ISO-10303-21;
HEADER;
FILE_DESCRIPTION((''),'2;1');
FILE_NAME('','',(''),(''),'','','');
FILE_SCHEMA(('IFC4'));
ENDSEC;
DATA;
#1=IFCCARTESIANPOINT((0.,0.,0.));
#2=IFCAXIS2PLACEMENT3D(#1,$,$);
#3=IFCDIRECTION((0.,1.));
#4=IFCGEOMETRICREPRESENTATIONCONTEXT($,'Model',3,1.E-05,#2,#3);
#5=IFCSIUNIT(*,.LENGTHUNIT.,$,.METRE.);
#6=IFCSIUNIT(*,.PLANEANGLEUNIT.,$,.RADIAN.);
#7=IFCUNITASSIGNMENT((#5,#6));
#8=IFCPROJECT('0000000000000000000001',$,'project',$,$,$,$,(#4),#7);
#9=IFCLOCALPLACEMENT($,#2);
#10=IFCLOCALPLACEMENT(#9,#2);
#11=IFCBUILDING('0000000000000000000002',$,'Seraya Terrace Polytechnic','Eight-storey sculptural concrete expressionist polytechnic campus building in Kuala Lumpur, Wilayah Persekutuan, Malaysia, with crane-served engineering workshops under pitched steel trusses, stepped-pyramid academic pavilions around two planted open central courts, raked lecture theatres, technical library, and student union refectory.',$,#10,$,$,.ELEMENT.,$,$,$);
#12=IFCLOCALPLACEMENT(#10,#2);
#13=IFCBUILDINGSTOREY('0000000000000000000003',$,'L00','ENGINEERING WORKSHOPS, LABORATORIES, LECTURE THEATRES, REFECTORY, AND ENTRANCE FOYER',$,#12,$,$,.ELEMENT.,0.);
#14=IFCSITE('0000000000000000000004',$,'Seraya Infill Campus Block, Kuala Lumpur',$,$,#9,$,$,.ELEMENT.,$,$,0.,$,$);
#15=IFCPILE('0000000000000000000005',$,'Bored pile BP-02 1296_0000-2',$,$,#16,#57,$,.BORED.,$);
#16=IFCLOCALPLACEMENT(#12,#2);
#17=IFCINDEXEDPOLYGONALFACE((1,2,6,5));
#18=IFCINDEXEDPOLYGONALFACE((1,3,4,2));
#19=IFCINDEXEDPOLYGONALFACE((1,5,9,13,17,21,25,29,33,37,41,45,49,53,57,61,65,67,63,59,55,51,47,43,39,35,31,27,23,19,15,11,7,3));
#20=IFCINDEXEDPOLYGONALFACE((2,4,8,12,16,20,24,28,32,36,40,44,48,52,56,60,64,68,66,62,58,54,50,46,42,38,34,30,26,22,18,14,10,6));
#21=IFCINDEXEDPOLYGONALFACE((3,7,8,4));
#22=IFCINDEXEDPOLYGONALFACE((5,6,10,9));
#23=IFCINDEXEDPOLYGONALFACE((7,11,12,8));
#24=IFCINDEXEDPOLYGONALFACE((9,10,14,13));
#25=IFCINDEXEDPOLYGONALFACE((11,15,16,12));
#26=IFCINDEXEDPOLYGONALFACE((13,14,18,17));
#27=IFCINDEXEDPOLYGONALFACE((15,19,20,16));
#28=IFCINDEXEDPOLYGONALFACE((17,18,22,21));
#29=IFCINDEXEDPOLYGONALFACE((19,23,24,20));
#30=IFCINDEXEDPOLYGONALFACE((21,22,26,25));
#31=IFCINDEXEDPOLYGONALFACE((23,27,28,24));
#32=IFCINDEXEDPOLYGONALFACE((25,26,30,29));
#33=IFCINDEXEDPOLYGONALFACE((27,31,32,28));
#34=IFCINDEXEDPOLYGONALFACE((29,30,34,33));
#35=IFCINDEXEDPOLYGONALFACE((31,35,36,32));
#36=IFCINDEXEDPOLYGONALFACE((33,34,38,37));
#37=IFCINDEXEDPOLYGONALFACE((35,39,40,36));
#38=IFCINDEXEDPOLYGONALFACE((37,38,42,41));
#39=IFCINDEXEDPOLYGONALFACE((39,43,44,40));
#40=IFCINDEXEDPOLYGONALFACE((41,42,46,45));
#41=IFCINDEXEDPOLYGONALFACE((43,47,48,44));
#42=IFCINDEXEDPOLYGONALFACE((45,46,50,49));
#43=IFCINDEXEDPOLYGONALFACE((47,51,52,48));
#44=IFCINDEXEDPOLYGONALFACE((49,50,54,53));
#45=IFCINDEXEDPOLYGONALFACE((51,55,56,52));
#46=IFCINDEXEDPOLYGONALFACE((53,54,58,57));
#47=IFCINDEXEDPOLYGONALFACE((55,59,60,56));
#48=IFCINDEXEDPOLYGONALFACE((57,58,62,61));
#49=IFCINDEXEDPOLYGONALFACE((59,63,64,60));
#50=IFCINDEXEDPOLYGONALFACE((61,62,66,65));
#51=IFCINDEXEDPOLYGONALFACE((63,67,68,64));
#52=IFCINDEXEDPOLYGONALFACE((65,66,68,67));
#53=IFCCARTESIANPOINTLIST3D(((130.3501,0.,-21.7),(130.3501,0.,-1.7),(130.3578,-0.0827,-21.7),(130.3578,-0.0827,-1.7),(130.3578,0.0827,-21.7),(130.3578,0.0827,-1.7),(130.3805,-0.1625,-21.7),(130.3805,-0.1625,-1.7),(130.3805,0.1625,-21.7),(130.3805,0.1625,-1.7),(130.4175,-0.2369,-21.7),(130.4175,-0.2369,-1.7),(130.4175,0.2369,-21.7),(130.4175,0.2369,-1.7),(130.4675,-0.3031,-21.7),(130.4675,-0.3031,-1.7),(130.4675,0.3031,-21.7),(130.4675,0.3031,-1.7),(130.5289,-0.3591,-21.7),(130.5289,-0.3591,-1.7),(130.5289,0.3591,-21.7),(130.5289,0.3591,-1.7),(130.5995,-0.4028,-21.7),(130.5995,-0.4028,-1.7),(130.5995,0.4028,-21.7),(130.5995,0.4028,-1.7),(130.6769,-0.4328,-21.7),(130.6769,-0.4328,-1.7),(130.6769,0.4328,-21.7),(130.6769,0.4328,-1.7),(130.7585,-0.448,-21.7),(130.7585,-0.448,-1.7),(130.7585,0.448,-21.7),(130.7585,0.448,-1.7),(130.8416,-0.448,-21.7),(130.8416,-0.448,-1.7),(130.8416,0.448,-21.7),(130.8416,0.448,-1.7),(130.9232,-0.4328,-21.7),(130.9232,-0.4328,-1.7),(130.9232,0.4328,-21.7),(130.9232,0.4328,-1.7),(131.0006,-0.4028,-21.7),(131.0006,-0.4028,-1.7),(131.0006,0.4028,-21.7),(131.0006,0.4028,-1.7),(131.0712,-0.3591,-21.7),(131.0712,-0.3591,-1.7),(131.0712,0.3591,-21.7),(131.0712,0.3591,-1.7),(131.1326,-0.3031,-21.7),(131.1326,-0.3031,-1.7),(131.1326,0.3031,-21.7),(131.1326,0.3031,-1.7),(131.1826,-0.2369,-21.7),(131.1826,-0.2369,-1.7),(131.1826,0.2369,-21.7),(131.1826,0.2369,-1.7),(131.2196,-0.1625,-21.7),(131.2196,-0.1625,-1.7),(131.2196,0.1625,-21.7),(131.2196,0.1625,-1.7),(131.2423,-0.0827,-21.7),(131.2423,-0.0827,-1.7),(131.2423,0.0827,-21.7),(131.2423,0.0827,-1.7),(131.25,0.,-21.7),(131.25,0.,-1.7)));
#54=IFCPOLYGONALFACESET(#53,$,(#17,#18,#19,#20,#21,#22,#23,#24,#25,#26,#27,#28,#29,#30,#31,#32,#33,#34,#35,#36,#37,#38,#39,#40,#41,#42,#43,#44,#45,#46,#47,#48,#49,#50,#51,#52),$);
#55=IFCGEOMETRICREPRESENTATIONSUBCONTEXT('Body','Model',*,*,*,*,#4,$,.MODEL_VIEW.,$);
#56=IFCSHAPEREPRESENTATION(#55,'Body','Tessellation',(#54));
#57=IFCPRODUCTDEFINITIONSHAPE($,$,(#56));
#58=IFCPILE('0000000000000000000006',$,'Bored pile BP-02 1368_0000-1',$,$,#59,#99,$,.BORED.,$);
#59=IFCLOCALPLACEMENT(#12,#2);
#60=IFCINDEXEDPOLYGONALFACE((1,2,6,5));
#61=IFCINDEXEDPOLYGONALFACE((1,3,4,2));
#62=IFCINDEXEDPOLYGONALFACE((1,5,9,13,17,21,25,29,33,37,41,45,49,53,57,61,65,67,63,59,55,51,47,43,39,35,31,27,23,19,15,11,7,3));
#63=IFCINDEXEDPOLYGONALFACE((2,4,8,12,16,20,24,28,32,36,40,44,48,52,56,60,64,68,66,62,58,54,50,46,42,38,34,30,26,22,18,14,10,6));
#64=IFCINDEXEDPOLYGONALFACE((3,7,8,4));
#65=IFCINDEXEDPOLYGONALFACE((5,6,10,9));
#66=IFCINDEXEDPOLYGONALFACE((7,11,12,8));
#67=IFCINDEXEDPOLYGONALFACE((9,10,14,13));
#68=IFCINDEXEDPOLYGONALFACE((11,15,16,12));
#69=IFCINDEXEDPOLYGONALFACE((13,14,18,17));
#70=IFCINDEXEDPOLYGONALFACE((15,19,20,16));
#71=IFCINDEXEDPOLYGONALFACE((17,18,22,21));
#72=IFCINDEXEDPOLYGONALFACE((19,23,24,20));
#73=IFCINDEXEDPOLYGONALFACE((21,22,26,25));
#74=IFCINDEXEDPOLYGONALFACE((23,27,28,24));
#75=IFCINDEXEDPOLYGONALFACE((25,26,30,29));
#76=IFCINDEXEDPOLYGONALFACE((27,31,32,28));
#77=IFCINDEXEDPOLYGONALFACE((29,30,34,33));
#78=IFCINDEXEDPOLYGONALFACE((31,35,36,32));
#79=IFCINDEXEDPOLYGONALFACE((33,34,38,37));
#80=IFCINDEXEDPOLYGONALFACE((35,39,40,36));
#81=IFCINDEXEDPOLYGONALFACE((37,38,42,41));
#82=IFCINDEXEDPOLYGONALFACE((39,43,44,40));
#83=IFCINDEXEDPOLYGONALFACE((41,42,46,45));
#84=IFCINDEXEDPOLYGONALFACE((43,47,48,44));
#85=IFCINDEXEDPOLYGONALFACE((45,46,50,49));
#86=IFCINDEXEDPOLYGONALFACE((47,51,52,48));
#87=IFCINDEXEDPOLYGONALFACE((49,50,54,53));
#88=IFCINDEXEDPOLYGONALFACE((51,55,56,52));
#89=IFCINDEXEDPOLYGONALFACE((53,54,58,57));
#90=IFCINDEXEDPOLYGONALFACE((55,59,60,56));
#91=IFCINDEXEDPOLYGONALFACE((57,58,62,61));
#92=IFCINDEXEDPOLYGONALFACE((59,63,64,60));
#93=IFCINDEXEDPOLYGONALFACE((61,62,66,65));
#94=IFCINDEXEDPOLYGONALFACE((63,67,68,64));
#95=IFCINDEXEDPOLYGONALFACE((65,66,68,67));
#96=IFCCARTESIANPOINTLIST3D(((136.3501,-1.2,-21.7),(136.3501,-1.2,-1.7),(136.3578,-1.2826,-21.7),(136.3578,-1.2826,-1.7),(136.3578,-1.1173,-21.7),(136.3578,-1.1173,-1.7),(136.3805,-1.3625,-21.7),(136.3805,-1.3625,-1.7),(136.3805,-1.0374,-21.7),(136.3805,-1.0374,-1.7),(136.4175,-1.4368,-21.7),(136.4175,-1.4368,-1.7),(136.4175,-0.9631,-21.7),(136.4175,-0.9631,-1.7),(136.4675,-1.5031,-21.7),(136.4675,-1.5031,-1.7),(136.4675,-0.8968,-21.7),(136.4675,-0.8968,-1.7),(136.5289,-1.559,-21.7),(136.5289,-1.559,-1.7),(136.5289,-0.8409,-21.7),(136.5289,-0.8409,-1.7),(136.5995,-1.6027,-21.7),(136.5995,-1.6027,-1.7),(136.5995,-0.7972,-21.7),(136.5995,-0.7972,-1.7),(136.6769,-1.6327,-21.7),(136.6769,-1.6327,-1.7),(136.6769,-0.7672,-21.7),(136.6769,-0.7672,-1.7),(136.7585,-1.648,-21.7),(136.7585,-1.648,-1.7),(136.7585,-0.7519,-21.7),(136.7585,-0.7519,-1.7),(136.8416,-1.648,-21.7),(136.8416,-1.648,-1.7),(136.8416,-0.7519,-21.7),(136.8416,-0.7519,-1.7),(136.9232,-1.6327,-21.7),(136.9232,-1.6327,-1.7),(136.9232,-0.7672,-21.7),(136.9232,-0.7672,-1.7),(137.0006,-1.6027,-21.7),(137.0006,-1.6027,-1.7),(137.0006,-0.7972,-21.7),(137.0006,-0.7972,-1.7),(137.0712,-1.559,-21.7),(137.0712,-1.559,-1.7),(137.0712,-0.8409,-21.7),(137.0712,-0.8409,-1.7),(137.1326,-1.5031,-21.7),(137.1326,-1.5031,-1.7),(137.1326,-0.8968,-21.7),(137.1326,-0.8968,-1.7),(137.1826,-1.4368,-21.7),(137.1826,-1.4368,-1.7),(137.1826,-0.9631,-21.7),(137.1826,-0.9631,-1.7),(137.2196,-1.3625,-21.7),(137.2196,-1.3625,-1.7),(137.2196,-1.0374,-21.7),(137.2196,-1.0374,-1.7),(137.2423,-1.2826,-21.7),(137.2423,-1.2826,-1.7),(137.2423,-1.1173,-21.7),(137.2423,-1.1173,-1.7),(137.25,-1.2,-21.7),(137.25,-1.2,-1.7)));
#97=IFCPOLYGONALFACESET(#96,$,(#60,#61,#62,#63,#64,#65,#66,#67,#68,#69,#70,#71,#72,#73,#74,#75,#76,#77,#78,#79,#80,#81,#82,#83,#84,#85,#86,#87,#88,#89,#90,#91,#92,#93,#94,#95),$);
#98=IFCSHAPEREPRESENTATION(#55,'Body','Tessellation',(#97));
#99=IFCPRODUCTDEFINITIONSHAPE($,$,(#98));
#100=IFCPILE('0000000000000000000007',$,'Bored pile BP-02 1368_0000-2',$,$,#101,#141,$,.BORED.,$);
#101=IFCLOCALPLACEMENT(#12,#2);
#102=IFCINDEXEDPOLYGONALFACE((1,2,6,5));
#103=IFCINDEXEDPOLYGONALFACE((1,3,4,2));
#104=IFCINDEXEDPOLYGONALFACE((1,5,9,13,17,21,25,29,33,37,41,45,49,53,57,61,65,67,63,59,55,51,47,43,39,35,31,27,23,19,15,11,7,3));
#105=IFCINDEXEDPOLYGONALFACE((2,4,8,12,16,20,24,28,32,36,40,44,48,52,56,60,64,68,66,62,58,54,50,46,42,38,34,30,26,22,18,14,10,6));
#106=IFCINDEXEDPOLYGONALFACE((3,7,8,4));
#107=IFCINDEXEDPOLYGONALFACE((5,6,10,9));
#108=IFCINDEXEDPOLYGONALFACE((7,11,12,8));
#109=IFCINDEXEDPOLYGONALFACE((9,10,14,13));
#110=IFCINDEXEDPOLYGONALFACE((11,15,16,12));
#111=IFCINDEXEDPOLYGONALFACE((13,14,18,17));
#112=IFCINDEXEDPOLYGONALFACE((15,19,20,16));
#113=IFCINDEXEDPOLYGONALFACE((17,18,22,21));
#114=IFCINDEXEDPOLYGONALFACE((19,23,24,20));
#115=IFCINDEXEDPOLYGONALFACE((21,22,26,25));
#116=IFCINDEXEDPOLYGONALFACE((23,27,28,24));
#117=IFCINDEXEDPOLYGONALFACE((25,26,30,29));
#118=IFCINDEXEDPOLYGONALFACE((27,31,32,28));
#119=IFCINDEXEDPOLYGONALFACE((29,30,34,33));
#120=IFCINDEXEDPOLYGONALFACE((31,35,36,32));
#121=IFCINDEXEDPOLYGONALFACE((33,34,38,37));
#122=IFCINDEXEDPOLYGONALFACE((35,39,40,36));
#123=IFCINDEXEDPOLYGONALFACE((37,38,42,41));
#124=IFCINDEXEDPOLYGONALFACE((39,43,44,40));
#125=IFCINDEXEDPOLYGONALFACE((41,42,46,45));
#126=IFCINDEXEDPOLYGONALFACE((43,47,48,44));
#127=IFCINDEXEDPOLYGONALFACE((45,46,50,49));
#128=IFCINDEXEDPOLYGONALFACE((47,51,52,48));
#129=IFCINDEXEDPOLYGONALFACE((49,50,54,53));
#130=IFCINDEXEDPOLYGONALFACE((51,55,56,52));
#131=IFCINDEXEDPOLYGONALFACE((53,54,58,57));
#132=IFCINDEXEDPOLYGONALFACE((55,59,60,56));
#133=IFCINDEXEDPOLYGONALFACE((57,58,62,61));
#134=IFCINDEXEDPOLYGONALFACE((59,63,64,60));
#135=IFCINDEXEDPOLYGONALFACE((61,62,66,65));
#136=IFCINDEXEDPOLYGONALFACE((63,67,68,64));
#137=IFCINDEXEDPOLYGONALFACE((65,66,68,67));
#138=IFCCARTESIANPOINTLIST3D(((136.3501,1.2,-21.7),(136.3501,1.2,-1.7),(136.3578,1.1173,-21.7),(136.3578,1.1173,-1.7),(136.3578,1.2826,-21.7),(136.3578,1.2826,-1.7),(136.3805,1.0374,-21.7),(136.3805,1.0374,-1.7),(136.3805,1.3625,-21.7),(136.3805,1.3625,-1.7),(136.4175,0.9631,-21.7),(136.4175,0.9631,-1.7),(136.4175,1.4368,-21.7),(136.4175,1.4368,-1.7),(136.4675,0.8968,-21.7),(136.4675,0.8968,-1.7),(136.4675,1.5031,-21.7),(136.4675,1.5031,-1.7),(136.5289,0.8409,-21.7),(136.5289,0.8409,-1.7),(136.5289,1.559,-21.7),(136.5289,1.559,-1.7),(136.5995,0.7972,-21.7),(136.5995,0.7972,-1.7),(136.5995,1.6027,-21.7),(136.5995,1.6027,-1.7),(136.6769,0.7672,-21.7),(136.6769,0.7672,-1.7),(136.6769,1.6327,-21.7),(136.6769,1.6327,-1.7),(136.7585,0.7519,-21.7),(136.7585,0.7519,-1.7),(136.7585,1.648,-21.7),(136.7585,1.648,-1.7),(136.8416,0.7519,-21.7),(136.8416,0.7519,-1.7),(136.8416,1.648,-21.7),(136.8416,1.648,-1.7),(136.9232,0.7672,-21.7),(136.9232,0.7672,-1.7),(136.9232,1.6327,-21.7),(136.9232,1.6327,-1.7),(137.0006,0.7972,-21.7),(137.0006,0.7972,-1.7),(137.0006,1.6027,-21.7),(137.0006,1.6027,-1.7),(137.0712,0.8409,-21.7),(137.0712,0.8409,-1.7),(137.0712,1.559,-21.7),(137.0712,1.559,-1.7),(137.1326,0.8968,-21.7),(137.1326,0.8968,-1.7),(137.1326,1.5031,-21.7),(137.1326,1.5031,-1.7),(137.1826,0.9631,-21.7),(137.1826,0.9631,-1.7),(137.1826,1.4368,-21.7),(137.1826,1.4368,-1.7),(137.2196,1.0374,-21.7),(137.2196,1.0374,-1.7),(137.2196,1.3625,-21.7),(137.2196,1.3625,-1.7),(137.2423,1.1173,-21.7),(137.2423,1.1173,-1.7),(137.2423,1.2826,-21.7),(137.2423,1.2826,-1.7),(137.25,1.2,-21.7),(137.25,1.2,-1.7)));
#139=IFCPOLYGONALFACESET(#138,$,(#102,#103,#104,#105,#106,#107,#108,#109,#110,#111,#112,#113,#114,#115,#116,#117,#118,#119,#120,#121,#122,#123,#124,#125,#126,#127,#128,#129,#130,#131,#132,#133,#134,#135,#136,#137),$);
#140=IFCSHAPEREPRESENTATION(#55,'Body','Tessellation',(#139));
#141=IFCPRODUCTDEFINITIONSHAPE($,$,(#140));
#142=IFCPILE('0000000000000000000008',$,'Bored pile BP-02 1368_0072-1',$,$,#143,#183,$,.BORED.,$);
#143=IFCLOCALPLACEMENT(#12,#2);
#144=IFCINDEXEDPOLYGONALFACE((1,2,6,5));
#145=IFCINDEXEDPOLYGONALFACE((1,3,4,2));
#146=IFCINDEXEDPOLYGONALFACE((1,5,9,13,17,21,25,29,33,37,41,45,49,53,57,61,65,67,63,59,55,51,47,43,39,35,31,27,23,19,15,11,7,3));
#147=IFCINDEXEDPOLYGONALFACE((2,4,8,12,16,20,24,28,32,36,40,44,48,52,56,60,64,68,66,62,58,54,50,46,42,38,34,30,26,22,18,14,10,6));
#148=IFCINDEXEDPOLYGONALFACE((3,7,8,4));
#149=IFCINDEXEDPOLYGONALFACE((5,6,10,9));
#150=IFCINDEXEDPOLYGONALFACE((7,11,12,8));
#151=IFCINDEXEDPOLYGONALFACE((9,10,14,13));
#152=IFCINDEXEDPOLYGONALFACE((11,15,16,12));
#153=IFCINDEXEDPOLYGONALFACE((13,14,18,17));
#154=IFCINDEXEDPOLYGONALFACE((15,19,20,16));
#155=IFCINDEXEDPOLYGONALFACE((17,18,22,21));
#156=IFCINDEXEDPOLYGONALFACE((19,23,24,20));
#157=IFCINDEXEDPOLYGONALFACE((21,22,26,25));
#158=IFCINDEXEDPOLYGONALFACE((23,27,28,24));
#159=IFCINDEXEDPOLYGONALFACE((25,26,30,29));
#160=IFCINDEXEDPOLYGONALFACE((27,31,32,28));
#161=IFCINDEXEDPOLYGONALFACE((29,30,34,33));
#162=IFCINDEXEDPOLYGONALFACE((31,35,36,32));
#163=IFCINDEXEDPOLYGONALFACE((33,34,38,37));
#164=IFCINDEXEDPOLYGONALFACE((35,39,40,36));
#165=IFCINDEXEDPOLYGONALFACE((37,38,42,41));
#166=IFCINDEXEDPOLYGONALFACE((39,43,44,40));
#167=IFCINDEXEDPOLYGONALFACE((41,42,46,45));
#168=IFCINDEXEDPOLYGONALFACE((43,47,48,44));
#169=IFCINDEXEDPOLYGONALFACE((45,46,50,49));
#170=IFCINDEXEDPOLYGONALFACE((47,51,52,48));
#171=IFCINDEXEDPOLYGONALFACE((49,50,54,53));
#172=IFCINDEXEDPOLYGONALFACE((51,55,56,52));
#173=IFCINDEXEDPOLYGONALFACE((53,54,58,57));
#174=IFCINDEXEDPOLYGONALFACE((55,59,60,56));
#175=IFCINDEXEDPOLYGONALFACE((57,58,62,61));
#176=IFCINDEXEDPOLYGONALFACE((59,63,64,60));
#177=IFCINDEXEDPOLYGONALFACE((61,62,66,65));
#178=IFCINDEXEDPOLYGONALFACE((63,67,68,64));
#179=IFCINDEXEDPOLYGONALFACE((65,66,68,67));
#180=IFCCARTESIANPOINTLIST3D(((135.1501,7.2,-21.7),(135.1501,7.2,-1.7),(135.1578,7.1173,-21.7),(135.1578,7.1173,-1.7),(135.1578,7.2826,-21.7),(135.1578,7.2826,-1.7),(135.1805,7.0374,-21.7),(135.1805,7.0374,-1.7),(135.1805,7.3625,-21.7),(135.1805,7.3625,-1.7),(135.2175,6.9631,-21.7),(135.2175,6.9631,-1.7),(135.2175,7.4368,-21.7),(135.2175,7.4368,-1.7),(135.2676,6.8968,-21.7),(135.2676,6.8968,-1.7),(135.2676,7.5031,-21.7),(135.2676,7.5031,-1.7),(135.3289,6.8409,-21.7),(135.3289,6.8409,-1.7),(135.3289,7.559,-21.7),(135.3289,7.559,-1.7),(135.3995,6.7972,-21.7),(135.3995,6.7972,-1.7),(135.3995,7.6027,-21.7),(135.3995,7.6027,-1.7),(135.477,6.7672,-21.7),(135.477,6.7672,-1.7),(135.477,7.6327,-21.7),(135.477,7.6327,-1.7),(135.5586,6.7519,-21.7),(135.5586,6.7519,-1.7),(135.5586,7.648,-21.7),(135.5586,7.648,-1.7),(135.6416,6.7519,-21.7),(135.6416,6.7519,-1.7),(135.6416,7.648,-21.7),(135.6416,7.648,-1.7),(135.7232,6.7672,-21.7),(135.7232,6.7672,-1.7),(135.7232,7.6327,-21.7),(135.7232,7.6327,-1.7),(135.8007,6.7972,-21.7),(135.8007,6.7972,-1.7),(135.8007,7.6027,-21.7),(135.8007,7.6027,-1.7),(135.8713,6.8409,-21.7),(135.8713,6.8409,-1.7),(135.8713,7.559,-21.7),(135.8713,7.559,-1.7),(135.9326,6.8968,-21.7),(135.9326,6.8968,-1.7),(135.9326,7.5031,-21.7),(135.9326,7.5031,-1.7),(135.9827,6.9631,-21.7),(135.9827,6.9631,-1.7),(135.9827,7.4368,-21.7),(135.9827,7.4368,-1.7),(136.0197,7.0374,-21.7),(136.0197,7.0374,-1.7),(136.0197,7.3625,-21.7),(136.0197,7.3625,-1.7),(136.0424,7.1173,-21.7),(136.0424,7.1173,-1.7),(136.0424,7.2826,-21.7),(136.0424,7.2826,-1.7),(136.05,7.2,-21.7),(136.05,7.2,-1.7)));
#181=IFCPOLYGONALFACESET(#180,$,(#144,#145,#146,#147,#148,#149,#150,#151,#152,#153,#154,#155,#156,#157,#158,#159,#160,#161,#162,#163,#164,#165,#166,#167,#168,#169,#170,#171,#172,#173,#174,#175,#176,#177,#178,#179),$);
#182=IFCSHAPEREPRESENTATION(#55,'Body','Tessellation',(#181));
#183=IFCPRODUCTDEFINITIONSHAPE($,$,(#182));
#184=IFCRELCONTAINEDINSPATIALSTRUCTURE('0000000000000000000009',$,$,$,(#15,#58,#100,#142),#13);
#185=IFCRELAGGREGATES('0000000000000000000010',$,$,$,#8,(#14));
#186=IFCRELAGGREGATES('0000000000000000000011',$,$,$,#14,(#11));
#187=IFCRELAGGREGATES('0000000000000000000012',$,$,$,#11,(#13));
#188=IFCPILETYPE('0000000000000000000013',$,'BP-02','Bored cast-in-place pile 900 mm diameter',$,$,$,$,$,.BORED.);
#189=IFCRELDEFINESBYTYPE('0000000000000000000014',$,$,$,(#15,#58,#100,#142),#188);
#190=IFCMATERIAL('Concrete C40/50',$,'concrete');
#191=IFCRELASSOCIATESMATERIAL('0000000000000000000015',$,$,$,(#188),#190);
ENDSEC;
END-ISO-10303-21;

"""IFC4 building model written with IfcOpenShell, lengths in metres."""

from ifc_helpers import new_model, si_unit, direction, frame, origin, origin_2d, place, context, subcontext, project, spatial, circle, extrude, material, material_profile, profile_set, type_object, element, save


model = new_model("IFC4")

# Units and contexts
model_context = context("Model", 3, precision=1e-05, world=origin(), true_north=direction((0.0, 1.0)))
body_context = subcontext(model_context, "Body", "Model", "MODEL_VIEW")
ifc_project = project(units=[si_unit("LENGTHUNIT", "METRE"), si_unit("PLANEANGLEUNIT", "RADIAN")], contexts=[model_context])

# Site, building, storey
site_placement = place(None, origin())
site = spatial("IfcSite", under=ifc_project, at=site_placement, Name="Seraya Infill Campus Block, Kuala Lumpur", CompositionType="ELEMENT", RefElevation=0.0)
building_placement = place(site_placement, origin())
building = spatial("IfcBuilding", under=site, at=building_placement, Name="Seraya Terrace Polytechnic", Description="Eight-storey sculptural concrete expressionist polytechnic campus building in Kuala Lumpur, Wilayah Persekutuan, Malaysia, with crane-served engineering workshops under pitched steel trusses, stepped-pyramid academic pavilions around two planted open central courts, raked lecture theatres, technical library, and student union refectory.", CompositionType="ELEMENT")
storey_placement = place(building_placement, origin())
storey = spatial("IfcBuildingStorey", under=building, at=storey_placement, Name="L00", Description="ENGINEERING WORKSHOPS, LABORATORIES, LECTURE THEATRES, REFECTORY, AND ENTRANCE FOYER", CompositionType="ELEMENT", Elevation=0.0)

# Piles
ifc_material_1 = material(Name="Concrete C40/50", Category="concrete")
ifc_material_profile_1 = material_profile(ifc_material_1, circle(Radius=0.45, at=origin_2d()), Name="DIA 900")
ifc_profile_set_1 = profile_set([ifc_material_profile_1], Name="Concrete C40/50")
pile_type = type_object("IfcPileType", Name="BP-02", Description="Bored cast-in-place pile 900 mm diameter", PredefinedType="BORED", material=ifc_profile_set_1)
for number, where, z_axis, x_axis, name in (
    (1, (130.8, 0.0, -1.7), (0.0, 0.0, -1.0), (1.0, 0.0, 0.0), "Bored pile BP-02 1296_0000-2"),
    (2, (136.8, -1.2, -1.7), (0.0, 0.0, -1.0), (1.0, 0.0, 0.0), "Bored pile BP-02 1368_0000-1"),
    (3, (136.8, 1.2, -1.7), (0.0, 0.0, -1.0), (1.0, 0.0, 0.0), "Bored pile BP-02 1368_0000-2"),
    (4, (135.6001, 7.2, -1.7), (0.0, 0.0, -1.0), (1.0, 0.0, 0.0), "Bored pile BP-02 1368_0072-1"),
):
    element("IfcPile", number, at=place(storey_placement, frame(where, z_axis=z_axis, x_axis=x_axis)), inside=storey, type_object=pile_type, Name=name, PredefinedType="BORED", context=body_context, shape_type="SweptSolid", body=[
        extrude(circle(Radius=0.45, at=origin_2d()), origin(), (0.0, 0.0, 1.0), 20.0),
    ])

save(model, "model.ifc")
